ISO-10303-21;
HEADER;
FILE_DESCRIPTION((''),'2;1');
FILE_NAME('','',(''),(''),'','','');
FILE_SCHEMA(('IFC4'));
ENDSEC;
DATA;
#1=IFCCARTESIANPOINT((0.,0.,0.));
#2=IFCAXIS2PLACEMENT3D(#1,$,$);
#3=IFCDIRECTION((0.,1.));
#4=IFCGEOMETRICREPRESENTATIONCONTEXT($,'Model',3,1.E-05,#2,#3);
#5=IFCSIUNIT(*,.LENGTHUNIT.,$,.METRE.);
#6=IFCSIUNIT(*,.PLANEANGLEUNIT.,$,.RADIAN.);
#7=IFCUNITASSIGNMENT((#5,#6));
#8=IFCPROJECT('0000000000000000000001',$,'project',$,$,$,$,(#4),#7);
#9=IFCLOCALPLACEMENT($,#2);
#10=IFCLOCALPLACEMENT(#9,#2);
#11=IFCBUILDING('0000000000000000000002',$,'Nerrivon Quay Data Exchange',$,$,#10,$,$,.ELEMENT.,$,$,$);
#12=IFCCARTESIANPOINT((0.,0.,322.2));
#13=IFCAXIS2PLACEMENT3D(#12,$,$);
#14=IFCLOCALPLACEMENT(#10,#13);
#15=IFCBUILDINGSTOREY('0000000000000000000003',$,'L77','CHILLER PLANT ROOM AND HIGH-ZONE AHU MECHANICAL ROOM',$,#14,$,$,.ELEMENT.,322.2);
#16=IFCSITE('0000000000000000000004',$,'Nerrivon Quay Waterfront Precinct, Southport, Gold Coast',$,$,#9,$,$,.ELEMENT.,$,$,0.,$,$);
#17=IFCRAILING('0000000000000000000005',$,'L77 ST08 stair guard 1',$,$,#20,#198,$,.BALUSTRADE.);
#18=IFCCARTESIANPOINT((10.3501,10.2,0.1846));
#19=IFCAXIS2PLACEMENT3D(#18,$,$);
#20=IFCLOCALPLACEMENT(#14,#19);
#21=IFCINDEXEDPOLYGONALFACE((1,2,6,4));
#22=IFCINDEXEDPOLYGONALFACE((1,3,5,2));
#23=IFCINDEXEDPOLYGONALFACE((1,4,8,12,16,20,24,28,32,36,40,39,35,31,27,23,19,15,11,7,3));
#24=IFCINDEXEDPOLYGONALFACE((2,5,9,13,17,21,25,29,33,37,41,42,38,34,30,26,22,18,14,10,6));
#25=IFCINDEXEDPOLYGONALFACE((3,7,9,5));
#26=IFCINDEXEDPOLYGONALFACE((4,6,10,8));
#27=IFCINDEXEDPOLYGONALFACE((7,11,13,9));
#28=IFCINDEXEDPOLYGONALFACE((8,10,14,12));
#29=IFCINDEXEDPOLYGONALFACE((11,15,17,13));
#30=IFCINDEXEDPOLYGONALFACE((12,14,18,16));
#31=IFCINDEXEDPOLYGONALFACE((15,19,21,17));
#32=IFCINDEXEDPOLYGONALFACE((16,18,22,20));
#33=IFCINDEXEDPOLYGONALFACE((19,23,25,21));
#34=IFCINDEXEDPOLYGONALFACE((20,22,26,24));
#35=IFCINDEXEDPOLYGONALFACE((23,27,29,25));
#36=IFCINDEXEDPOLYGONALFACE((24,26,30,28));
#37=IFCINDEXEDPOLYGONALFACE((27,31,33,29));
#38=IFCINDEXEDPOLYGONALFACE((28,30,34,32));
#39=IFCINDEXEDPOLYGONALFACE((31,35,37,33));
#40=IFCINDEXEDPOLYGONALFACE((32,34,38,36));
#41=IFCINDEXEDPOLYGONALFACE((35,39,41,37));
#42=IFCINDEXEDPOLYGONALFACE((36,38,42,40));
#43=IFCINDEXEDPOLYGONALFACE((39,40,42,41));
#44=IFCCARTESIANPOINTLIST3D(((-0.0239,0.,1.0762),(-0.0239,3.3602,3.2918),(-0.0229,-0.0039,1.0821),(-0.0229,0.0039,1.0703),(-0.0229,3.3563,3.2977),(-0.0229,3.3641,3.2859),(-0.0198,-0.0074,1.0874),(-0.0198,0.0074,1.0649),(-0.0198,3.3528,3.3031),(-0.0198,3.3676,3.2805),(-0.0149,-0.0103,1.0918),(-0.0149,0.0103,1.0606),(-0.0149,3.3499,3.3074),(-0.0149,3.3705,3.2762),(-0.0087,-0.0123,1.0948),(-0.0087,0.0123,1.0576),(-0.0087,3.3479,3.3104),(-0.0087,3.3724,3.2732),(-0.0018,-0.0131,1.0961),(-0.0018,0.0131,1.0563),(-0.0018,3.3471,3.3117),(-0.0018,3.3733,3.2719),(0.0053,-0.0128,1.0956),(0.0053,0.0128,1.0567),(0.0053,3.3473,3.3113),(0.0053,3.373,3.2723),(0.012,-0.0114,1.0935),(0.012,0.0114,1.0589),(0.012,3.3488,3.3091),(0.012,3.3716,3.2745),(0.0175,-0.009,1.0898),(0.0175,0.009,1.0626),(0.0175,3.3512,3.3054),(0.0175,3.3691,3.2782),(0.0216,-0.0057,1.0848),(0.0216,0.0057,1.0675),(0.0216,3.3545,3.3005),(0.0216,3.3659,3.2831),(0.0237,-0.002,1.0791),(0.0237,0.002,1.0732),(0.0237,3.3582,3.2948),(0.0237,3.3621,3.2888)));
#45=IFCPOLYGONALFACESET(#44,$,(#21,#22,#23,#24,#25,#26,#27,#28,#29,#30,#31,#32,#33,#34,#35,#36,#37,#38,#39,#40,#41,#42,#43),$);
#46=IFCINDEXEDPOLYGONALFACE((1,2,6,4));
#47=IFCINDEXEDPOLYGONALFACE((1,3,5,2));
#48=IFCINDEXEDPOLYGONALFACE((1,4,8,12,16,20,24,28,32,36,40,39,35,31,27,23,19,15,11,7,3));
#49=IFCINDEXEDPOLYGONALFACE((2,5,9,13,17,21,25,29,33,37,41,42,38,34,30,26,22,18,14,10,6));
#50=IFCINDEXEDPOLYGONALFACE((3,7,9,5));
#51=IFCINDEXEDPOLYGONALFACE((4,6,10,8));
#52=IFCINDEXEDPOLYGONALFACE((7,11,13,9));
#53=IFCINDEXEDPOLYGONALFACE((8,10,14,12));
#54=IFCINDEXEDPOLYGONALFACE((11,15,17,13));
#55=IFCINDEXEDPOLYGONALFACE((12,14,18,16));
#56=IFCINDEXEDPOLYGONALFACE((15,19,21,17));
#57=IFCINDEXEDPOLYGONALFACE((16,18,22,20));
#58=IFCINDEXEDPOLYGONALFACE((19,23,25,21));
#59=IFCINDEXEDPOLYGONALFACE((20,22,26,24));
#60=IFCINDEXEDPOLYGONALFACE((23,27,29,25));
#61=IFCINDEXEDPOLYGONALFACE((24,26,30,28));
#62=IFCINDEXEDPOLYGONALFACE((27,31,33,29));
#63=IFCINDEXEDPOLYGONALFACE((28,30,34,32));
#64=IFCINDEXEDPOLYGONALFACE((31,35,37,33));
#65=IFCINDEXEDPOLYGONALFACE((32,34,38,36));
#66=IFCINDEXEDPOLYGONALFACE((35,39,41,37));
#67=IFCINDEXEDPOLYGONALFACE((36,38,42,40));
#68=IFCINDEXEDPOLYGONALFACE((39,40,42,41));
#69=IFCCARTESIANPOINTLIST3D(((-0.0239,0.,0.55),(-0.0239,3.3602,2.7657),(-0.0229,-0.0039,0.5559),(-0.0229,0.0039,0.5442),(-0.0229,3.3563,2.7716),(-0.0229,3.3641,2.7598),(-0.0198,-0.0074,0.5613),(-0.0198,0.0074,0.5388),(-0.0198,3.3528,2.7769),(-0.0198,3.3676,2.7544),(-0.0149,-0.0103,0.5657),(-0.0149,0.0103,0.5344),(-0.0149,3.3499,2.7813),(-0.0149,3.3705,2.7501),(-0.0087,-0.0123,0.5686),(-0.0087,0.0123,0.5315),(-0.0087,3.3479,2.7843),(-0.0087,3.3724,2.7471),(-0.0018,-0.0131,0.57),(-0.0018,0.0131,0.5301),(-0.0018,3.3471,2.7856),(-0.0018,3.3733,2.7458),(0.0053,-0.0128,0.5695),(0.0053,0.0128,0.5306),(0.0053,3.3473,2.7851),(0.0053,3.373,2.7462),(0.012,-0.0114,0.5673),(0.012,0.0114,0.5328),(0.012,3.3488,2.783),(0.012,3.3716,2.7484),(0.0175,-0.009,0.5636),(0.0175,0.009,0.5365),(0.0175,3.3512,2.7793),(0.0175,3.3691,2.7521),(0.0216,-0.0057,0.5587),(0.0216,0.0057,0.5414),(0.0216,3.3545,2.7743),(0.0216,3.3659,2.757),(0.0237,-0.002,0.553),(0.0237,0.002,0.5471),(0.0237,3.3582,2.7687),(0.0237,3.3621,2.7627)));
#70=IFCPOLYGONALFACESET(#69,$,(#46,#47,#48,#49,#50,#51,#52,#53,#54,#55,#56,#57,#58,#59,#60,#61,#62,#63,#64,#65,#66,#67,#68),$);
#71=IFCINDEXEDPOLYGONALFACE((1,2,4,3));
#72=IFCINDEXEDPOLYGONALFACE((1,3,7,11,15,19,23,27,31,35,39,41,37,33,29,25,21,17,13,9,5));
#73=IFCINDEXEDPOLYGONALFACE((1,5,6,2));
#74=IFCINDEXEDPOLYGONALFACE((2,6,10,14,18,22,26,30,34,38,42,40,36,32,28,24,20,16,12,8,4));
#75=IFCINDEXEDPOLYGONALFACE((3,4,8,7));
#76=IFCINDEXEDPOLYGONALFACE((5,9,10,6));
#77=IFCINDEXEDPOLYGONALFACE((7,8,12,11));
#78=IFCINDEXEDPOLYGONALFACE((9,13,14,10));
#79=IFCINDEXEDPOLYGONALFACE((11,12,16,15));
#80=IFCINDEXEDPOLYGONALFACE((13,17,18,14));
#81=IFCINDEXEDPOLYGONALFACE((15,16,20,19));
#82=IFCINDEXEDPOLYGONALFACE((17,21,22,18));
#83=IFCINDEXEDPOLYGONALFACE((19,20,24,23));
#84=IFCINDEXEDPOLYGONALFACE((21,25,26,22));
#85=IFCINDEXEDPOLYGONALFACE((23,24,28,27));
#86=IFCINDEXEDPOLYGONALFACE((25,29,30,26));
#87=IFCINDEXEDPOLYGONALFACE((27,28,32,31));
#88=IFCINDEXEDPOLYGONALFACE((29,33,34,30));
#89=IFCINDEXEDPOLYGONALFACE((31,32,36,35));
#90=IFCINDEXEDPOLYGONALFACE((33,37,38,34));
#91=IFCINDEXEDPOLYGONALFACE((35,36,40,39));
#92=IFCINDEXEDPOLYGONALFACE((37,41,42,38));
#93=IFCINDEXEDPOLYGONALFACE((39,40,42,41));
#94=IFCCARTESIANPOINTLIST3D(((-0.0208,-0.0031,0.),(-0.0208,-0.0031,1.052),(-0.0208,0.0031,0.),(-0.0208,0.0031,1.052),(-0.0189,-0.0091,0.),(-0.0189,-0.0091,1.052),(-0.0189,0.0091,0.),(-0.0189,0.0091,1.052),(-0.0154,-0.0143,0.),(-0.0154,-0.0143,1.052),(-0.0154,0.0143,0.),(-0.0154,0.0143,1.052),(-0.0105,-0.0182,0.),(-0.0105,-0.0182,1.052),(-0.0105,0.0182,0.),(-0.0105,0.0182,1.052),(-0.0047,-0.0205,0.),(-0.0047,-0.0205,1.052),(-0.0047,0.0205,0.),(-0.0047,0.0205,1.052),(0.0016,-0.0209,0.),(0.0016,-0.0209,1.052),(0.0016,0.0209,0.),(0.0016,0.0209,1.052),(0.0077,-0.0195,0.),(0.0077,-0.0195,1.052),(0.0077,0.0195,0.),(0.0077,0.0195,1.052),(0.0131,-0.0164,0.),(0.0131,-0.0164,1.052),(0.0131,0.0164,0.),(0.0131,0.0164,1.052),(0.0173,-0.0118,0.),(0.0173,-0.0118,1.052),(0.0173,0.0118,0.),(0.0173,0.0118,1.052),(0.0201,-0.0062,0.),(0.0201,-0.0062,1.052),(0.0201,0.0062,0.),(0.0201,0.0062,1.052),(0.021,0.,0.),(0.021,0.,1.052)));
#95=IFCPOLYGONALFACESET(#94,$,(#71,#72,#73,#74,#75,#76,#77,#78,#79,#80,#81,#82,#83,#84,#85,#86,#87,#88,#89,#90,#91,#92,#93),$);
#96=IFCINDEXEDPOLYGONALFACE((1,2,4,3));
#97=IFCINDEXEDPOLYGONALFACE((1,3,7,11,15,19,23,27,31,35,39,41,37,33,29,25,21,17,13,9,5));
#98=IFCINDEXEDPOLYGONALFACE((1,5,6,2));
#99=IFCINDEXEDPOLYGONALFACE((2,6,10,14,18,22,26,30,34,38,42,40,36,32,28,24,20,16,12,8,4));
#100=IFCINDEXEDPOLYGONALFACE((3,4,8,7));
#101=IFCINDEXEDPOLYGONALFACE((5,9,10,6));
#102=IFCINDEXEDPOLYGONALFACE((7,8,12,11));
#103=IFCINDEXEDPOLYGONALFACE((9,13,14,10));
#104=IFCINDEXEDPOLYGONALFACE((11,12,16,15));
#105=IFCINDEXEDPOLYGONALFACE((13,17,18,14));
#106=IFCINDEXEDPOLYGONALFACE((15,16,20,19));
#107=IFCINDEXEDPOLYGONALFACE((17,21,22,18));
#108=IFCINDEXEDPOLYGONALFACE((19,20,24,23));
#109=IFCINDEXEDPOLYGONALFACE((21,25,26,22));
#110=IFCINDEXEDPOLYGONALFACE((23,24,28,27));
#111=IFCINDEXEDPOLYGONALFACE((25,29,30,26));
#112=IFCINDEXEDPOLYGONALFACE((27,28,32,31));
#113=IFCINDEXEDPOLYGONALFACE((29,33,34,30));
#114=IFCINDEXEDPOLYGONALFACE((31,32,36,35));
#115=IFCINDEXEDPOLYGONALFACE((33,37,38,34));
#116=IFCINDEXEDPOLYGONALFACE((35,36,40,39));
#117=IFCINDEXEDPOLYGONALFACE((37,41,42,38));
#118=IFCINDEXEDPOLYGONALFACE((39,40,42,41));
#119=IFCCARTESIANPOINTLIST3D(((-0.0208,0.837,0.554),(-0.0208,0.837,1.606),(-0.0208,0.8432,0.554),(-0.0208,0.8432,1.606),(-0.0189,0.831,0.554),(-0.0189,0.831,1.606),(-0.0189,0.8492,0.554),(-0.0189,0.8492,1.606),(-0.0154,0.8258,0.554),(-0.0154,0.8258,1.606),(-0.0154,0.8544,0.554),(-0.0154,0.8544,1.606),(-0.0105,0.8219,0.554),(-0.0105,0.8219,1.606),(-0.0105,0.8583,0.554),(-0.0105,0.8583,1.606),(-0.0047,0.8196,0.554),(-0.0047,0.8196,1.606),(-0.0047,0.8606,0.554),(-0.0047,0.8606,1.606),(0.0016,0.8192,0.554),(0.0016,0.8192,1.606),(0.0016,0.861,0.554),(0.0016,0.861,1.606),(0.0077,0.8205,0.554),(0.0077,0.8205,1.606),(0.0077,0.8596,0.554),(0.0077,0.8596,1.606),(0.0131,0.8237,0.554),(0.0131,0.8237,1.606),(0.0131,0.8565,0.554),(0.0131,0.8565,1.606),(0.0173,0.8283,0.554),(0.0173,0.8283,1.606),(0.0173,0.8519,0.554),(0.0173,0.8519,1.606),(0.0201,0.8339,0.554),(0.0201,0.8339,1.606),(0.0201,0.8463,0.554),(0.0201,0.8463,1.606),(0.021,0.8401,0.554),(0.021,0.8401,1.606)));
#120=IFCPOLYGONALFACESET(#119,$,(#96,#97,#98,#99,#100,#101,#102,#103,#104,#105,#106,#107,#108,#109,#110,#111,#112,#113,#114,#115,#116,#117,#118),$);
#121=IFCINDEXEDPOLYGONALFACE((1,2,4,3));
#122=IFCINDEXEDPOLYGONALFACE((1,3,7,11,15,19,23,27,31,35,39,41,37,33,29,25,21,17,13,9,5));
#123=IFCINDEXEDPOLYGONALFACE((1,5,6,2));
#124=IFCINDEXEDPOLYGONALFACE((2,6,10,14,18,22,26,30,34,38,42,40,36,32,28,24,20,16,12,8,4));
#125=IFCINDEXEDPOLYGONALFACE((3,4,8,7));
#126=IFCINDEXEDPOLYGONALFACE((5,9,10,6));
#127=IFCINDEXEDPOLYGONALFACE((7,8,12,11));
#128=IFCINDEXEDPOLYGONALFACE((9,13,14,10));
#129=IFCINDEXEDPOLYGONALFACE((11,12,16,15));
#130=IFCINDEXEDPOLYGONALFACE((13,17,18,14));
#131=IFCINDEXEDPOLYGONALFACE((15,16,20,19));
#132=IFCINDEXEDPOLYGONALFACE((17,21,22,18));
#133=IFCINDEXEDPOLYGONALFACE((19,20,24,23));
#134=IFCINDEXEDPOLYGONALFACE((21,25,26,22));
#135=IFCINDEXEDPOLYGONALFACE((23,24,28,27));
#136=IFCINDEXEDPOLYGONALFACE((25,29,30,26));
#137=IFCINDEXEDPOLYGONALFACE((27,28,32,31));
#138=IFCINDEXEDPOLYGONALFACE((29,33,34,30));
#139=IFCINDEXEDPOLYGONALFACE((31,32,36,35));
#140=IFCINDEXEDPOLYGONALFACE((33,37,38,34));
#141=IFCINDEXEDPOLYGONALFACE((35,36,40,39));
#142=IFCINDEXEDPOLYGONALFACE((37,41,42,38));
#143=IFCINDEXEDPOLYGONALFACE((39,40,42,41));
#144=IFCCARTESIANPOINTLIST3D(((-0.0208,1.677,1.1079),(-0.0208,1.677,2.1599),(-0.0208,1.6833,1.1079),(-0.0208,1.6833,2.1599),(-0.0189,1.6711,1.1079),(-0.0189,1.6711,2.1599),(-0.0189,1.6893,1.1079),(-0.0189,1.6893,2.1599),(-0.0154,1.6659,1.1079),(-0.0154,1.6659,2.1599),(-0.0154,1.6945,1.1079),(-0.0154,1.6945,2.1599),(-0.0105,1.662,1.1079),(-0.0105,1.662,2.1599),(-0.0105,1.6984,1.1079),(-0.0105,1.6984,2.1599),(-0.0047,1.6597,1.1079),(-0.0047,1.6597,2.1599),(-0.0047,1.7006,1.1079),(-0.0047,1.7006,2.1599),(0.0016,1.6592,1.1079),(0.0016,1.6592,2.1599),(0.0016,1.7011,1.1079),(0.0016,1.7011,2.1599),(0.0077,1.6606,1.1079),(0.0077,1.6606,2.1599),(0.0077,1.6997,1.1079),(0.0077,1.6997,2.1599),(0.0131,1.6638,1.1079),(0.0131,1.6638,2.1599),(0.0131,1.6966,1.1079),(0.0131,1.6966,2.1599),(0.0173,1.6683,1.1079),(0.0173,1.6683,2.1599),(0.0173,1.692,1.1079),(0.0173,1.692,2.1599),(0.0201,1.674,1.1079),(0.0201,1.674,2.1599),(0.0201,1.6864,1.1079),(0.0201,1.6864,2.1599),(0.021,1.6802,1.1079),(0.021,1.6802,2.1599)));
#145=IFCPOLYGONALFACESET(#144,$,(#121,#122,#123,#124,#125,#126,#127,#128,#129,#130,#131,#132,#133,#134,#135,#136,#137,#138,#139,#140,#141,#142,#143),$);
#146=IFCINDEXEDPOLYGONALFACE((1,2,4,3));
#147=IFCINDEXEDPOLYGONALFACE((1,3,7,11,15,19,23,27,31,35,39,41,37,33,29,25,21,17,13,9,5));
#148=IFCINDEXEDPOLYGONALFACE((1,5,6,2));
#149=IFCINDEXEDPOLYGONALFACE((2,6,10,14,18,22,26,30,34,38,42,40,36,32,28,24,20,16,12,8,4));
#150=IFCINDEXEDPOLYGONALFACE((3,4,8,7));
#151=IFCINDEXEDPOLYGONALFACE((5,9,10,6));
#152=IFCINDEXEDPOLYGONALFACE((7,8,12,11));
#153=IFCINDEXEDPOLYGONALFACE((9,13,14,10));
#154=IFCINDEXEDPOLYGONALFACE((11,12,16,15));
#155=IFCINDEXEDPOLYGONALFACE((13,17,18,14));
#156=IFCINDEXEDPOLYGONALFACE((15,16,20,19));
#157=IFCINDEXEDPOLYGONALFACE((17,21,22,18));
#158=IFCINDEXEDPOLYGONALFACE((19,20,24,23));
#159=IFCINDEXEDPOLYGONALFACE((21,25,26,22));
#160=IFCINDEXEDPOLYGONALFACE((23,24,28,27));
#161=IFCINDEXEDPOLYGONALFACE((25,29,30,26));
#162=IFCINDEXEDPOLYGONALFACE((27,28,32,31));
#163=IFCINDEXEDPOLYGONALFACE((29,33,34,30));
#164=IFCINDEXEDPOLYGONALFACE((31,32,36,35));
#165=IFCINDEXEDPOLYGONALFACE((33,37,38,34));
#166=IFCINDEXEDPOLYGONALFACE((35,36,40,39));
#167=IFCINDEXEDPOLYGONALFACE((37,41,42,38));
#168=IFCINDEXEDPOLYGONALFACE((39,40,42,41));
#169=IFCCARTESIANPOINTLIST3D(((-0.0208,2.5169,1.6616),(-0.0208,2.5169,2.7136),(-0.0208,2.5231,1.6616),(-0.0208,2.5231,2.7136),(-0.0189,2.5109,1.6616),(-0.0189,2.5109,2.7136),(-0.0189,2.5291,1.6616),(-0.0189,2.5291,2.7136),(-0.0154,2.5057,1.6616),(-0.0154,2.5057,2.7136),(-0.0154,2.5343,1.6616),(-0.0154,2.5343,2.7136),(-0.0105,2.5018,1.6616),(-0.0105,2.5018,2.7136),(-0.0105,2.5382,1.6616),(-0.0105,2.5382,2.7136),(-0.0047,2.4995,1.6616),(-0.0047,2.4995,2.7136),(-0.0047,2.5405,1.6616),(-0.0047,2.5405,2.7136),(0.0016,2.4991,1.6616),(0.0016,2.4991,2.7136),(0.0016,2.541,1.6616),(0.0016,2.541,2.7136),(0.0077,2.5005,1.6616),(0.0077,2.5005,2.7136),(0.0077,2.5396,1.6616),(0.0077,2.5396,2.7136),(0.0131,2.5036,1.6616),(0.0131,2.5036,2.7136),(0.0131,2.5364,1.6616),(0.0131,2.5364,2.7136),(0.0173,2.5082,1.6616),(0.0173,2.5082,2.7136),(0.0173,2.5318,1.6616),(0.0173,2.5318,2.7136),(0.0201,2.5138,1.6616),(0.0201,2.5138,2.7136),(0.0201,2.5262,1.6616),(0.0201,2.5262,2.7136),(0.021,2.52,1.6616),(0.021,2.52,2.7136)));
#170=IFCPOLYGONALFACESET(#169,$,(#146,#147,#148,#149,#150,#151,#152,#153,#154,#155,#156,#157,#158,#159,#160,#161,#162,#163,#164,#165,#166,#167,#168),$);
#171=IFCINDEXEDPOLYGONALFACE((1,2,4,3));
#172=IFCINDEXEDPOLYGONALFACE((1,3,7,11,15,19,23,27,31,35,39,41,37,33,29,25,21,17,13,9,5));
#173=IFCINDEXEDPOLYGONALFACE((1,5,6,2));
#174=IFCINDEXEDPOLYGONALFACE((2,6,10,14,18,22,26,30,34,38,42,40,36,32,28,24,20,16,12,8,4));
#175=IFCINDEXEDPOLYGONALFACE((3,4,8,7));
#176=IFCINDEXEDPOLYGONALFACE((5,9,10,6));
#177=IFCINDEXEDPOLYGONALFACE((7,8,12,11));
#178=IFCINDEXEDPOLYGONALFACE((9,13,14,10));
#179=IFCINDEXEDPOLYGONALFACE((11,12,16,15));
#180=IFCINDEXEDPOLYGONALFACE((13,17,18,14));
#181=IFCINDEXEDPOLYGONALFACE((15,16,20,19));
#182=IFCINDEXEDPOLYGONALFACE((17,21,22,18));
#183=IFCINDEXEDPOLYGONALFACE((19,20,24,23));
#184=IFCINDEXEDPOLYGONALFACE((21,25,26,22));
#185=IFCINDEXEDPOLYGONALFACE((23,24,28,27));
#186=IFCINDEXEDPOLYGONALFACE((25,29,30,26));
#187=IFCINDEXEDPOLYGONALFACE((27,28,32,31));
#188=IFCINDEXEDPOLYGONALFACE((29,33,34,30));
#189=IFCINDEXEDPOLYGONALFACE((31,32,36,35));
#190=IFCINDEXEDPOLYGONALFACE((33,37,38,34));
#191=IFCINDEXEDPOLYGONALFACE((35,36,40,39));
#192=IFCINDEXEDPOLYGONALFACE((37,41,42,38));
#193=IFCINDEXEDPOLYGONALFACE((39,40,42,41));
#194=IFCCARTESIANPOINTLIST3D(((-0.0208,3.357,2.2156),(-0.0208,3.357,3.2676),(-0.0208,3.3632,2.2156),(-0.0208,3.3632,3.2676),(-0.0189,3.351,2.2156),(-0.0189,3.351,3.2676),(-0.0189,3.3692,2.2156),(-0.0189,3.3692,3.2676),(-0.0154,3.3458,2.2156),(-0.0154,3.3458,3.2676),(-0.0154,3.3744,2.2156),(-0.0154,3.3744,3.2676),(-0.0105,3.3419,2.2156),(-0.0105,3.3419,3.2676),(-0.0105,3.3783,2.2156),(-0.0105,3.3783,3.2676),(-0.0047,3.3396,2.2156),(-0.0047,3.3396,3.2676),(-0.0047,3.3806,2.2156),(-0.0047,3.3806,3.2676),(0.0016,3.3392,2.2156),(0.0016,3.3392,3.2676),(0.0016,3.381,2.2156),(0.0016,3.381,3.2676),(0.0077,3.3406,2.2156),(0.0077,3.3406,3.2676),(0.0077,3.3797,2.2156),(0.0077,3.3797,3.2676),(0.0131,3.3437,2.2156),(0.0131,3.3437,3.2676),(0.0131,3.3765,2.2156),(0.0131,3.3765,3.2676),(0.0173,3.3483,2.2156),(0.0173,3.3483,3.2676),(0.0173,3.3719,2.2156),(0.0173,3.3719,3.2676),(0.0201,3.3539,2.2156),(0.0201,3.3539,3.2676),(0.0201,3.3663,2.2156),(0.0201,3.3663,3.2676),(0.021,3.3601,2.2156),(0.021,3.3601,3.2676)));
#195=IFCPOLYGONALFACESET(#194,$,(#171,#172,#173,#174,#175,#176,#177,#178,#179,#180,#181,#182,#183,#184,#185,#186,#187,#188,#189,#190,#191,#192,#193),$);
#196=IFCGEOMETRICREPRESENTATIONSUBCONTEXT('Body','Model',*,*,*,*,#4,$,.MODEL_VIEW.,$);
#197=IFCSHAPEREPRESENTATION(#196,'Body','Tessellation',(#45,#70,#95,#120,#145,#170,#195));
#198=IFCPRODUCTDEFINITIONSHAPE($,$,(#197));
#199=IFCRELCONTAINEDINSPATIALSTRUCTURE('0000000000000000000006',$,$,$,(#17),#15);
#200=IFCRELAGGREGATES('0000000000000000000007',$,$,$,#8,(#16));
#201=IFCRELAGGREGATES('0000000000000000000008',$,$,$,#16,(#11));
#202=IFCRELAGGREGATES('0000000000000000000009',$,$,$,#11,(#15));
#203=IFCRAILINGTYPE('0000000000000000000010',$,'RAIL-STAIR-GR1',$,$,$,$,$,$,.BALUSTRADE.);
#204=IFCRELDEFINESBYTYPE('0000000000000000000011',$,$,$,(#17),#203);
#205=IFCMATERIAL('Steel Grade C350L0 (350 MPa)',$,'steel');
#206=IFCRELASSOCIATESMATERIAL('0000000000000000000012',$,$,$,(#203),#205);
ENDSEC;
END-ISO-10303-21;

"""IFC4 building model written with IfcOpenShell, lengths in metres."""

from ifc_helpers import new_model, si_unit, direction, frame, origin, origin_2d, place, context, subcontext, project, spatial, circle, extrude, material, type_object, element, save


model = new_model("IFC4")

# Units and contexts
model_context = context("Model", 3, precision=1e-05, world=origin(), true_north=direction((0.0, 1.0)))
body_context = subcontext(model_context, "Body", "Model", "MODEL_VIEW")
ifc_project = project(units=[si_unit("LENGTHUNIT", "METRE"), si_unit("PLANEANGLEUNIT", "RADIAN")], contexts=[model_context])

# Site, building, storey
site_placement = place(None, origin())
site = spatial("IfcSite", under=ifc_project, at=site_placement, Name="Nerrivon Quay Waterfront Precinct, Southport, Gold Coast", CompositionType="ELEMENT", RefElevation=0.0)
building_placement = place(site_placement, origin())
building = spatial("IfcBuilding", under=site, at=building_placement, Name="Nerrivon Quay Data Exchange", CompositionType="ELEMENT")
storey_placement = place(building_placement, frame((0.0, 0.0, 322.2)))
storey = spatial("IfcBuildingStorey", under=building, at=storey_placement, Name="L77", Description="CHILLER PLANT ROOM AND HIGH-ZONE AHU MECHANICAL ROOM", CompositionType="ELEMENT", Elevation=322.2)

# Railing
ifc_material_1 = material(Name="Steel Grade C350L0 (350 MPa)", Category="steel")
railing_type_1 = type_object("IfcRailingType", Name="RAIL-STAIR-GR1", PredefinedType="BALUSTRADE", material=ifc_material_1)
railing_1_placement = place(storey_placement, frame((10.3501, 10.2, 0.1846)))
element("IfcRailing", 1, at=railing_1_placement, inside=storey, type_object=railing_type_1, Name="L77 ST08 stair guard 1", PredefinedType="BALUSTRADE", context=body_context, shape_type="SweptSolid", body=[
    extrude(circle(Radius=0.0239, at=origin_2d()), frame((0.0, 0.0, 1.0762), z_axis=(0.0, 0.834849, 0.55048), x_axis=(-1.0, 0.0, 0.0)), (0.0, 0.0, 1.0), 4.0249),
    extrude(circle(Radius=0.0239, at=origin_2d()), frame((0.0, 0.0, 0.55), z_axis=(0.0, 0.834849, 0.55048), x_axis=(-1.0, 0.0, 0.0)), (0.0, 0.0, 1.0), 4.0249),
    extrude(circle(Radius=0.021, at=origin_2d()), origin(), (0.0, 0.0, 1.0), 1.052),
    extrude(circle(Radius=0.021, at=origin_2d()), frame((0.0, 0.8401, 0.554)), (0.0, 0.0, 1.0), 1.052),
    extrude(circle(Radius=0.021, at=origin_2d()), frame((0.0, 1.6802, 1.1079)), (0.0, 0.0, 1.0), 1.052),
    extrude(circle(Radius=0.021, at=origin_2d()), frame((0.0, 2.52, 1.6616)), (0.0, 0.0, 1.0), 1.052),
    extrude(circle(Radius=0.021, at=origin_2d()), frame((0.0, 3.3601, 2.2156)), (0.0, 0.0, 1.0), 1.052),
])

save(model, "model.ifc")
